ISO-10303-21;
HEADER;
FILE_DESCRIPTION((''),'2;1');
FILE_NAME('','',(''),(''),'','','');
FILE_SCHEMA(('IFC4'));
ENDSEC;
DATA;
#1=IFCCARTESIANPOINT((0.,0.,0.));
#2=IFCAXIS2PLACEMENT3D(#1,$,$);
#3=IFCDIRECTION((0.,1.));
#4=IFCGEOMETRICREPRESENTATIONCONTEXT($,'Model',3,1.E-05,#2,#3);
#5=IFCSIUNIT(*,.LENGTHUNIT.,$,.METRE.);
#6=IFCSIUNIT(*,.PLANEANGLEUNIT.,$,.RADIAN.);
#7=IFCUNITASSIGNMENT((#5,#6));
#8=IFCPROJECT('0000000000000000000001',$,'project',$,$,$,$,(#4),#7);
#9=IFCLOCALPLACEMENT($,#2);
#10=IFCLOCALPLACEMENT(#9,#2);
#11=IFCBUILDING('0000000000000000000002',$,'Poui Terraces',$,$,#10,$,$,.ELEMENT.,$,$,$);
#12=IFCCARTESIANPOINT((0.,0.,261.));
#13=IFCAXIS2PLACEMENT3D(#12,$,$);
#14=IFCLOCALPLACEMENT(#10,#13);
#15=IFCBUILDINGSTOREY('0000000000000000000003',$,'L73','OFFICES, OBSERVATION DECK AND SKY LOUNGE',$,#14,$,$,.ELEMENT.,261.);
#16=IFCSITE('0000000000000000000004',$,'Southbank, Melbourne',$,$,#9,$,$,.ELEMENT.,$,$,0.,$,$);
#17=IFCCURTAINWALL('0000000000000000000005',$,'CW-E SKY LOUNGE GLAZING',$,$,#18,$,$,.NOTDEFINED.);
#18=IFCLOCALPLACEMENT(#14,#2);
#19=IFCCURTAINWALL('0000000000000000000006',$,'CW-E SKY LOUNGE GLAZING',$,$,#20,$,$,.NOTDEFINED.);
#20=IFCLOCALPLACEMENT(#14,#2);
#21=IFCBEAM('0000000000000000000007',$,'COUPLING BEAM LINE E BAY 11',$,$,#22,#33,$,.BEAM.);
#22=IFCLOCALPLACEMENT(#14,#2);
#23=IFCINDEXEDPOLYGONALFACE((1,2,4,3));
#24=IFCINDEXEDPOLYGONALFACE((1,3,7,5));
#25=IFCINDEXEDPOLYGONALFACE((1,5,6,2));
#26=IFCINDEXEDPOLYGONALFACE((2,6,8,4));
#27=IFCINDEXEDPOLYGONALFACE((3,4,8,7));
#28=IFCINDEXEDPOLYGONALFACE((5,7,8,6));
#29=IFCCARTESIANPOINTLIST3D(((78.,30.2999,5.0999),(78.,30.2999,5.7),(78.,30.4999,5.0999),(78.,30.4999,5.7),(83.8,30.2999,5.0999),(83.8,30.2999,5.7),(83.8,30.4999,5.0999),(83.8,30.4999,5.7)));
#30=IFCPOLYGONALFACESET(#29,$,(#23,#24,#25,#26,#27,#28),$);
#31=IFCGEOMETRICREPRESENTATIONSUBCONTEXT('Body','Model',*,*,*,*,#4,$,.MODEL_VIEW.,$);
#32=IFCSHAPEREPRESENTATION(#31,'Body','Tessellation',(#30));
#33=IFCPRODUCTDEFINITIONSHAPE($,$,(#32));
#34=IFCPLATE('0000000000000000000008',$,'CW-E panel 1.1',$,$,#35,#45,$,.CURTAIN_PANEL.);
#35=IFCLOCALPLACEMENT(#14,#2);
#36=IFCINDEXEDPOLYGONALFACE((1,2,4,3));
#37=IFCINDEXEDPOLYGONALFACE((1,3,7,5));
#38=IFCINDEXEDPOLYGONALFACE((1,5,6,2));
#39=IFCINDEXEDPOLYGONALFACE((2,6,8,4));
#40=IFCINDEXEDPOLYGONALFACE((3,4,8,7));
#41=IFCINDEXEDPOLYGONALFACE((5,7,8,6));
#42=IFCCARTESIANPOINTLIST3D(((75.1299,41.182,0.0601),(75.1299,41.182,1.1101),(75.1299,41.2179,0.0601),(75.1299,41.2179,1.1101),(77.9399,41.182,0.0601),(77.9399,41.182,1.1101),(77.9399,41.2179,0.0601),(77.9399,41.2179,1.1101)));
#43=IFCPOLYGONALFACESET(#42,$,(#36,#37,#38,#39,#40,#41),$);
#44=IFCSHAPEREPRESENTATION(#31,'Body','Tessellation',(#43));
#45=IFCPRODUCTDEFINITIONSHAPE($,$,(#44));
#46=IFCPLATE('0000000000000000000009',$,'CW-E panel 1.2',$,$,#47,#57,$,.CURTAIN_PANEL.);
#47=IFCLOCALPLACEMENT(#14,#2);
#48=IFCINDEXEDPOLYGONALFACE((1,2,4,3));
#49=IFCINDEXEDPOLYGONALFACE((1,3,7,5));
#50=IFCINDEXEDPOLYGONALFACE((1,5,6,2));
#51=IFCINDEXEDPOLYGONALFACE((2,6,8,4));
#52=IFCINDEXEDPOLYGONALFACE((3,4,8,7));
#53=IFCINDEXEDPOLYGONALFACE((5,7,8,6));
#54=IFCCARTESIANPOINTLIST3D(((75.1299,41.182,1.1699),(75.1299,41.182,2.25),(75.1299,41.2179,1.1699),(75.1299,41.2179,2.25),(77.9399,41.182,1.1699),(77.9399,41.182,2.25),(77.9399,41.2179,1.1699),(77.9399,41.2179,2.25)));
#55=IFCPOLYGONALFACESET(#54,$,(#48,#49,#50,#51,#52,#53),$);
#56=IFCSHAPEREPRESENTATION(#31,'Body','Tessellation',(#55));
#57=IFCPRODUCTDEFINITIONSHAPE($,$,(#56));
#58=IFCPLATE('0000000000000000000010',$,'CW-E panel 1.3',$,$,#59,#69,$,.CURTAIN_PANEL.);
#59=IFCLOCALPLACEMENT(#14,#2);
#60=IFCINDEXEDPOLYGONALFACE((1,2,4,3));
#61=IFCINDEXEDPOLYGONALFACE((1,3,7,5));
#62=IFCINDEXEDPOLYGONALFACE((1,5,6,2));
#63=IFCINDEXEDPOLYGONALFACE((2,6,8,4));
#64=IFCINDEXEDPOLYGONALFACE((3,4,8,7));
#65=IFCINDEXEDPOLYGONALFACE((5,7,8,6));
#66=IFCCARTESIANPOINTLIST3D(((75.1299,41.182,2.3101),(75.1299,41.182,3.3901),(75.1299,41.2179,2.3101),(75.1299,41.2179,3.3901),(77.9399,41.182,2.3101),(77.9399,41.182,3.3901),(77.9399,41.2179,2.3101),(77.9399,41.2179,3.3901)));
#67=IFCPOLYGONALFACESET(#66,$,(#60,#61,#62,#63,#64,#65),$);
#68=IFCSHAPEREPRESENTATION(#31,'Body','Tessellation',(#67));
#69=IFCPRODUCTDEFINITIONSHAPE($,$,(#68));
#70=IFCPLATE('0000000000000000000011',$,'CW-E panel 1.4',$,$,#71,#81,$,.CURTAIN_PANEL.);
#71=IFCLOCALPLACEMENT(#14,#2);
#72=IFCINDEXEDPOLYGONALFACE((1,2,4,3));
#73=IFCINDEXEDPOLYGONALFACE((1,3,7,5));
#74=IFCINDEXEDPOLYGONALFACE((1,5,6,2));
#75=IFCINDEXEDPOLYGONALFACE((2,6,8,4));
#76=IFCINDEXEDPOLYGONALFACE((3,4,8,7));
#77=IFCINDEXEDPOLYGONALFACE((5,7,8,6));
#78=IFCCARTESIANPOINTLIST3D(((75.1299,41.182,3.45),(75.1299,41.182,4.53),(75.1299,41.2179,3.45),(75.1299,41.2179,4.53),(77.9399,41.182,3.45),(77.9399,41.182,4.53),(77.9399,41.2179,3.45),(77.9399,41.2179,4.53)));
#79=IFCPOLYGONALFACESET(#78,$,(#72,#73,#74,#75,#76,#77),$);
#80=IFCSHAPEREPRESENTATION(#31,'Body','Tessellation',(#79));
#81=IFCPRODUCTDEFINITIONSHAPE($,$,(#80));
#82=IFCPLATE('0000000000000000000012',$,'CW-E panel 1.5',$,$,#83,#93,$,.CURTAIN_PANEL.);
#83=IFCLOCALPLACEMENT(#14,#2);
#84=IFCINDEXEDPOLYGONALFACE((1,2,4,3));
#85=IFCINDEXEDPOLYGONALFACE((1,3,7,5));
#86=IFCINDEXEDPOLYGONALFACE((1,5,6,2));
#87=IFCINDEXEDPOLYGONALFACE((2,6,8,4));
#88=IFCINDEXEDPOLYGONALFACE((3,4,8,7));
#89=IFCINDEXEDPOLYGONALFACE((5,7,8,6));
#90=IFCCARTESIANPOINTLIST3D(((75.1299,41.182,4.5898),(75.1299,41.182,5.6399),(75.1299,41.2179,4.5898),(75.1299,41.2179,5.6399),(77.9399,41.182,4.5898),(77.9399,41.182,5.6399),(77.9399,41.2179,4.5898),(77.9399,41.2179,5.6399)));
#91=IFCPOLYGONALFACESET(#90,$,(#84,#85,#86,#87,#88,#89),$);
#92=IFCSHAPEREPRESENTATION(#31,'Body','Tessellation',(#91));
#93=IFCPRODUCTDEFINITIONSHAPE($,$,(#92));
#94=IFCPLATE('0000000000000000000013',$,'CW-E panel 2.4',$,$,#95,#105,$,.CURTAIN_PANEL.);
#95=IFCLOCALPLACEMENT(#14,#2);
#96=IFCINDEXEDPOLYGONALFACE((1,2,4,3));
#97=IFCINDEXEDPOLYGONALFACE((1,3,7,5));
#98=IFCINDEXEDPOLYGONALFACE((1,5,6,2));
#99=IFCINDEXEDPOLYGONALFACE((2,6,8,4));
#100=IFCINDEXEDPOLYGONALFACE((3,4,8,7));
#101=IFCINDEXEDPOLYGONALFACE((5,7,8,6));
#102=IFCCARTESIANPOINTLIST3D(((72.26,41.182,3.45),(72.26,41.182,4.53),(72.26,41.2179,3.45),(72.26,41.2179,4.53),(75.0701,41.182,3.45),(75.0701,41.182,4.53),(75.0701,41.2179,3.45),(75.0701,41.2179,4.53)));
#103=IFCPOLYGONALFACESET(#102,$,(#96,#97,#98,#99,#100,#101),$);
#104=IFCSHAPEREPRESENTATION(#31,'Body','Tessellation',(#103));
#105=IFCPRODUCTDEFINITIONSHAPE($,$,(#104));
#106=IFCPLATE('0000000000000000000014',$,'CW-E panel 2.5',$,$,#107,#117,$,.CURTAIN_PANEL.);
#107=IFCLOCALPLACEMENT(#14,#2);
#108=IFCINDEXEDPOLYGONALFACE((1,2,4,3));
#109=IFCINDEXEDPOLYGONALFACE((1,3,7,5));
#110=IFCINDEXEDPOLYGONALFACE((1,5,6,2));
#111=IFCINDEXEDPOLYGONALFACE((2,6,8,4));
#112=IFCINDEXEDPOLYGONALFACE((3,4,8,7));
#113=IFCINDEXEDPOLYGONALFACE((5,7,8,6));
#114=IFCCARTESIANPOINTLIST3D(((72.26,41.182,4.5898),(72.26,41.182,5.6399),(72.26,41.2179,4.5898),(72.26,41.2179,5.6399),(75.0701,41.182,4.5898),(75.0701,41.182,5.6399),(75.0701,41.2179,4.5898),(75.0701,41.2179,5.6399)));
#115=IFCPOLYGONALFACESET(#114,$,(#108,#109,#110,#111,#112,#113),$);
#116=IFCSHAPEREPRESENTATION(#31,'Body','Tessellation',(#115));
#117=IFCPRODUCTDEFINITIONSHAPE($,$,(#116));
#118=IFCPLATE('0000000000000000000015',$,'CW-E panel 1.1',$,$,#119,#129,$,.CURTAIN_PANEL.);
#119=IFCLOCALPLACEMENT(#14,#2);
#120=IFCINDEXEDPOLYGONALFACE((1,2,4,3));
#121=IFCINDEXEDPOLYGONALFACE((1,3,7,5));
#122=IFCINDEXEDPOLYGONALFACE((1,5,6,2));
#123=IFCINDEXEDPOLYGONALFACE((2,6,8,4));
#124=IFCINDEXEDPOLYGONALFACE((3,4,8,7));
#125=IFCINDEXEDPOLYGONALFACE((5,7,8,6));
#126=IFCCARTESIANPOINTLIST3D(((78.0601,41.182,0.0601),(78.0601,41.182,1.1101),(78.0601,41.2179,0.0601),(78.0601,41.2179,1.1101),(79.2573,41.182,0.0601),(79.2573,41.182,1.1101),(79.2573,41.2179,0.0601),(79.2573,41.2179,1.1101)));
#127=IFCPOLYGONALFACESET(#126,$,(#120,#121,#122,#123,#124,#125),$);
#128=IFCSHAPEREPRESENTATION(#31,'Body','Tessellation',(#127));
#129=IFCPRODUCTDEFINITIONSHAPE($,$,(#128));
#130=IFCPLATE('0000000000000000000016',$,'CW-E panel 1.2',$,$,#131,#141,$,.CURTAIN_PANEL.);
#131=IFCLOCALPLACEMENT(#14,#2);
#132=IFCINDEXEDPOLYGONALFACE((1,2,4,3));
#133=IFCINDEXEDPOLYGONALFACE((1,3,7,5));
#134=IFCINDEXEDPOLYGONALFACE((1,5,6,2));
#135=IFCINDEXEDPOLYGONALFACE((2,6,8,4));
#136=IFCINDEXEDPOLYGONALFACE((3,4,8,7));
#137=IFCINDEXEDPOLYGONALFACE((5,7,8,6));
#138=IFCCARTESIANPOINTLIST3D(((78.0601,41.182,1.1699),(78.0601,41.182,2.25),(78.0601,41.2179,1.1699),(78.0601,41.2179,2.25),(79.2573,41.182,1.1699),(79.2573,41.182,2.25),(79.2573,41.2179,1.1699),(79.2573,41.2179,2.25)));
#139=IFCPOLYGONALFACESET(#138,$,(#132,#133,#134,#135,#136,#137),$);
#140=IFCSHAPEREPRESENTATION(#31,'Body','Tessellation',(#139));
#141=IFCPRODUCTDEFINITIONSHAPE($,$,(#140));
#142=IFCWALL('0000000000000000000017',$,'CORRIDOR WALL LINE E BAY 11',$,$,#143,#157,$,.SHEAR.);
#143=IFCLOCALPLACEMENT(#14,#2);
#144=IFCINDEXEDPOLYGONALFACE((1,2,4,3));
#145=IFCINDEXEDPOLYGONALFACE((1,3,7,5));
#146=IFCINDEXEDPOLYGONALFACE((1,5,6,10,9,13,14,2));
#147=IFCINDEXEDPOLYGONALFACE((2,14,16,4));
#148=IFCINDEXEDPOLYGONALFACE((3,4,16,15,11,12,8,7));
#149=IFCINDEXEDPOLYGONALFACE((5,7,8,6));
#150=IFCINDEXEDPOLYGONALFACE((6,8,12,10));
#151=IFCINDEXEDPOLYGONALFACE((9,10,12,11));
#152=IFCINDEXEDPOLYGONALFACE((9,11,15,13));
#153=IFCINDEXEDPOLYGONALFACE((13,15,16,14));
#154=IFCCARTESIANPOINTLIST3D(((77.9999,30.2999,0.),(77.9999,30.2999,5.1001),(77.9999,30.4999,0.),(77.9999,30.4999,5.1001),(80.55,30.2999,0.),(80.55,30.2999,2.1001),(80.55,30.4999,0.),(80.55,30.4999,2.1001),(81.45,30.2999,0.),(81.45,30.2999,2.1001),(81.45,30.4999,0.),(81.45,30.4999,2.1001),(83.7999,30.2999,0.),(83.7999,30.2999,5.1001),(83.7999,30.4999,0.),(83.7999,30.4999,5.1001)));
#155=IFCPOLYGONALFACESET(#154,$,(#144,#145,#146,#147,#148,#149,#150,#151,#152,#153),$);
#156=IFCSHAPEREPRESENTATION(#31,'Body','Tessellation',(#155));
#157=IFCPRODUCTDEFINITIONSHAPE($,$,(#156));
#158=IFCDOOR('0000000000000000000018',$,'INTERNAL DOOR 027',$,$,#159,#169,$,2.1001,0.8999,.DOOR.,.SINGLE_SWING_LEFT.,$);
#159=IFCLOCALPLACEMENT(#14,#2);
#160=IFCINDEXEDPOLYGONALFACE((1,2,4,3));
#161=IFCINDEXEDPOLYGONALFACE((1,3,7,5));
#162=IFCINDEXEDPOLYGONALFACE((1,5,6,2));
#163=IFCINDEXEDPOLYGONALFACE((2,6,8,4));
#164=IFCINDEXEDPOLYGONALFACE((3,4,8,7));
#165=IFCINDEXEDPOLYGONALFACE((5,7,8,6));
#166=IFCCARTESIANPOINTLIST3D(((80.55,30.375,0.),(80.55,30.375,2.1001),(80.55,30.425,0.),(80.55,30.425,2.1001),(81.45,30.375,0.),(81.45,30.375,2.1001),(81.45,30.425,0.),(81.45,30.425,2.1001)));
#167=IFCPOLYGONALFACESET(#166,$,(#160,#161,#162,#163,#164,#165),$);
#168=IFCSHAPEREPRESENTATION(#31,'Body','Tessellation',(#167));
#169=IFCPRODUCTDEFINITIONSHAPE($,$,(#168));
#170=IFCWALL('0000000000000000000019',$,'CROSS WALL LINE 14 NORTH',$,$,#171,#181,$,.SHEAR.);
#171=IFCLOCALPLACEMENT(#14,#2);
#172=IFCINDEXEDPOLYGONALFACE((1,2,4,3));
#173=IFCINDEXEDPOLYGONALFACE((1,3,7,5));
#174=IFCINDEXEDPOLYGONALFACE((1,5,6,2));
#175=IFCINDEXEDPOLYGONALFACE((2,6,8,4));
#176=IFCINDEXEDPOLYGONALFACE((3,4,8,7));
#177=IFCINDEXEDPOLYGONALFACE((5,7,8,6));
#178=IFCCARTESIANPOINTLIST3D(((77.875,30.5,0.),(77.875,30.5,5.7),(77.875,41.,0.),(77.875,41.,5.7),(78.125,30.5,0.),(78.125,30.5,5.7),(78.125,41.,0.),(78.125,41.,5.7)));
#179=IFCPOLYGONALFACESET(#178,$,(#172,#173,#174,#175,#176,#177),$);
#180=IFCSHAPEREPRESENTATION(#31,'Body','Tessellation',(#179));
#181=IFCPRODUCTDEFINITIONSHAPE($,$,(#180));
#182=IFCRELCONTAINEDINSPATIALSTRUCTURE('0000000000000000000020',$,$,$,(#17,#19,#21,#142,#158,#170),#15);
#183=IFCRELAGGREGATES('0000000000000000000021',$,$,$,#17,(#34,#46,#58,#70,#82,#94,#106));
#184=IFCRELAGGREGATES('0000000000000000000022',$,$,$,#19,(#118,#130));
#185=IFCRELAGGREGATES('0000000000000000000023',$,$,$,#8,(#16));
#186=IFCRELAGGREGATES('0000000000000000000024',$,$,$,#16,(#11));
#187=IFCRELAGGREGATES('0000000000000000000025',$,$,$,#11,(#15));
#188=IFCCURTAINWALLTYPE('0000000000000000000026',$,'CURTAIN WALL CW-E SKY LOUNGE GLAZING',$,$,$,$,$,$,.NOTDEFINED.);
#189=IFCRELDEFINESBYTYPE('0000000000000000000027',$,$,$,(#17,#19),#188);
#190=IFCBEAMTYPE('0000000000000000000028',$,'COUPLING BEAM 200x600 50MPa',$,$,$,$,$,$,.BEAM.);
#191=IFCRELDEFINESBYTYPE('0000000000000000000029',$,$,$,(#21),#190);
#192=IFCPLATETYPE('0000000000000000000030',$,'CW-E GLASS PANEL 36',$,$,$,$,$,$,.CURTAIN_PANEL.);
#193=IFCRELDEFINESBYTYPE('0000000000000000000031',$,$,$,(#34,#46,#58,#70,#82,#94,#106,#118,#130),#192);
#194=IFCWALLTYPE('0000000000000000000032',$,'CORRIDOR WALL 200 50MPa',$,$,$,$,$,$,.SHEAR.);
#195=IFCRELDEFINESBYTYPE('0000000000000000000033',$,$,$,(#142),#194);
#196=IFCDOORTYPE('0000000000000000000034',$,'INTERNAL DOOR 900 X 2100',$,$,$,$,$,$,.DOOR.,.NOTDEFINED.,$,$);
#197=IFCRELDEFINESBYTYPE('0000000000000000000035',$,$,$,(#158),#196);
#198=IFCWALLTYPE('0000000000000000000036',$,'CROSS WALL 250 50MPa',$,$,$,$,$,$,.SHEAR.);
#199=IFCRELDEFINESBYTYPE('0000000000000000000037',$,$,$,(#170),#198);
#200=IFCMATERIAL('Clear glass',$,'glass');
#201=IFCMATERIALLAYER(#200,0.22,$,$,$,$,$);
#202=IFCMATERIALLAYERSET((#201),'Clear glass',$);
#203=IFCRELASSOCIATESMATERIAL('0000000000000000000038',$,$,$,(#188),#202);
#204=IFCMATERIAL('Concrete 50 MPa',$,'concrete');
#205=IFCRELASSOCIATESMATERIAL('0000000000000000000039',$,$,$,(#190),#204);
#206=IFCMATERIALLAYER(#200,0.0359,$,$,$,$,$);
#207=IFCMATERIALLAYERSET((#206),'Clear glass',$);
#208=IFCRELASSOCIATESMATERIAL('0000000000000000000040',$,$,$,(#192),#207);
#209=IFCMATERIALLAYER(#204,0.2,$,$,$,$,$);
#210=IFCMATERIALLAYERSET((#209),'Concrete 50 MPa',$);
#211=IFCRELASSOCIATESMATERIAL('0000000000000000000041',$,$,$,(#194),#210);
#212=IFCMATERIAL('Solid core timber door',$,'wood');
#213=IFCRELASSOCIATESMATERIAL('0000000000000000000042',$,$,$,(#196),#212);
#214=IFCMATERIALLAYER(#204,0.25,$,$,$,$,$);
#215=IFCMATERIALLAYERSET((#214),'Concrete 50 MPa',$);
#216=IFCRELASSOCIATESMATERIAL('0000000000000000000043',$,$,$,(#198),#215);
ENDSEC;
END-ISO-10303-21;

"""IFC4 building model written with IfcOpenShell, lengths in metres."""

from ifc_helpers import new_model, si_unit, direction, frame, frame_2d, origin, origin_2d, place, context, subcontext, project, spatial, rectangle, extrude, source, transform, mapped, material, layer, layer_set, material_profile, profile_set, type_object, element, fill, aggregate, save


model = new_model("IFC4")

# Units and contexts
model_context = context("Model", 3, precision=1e-05, world=origin(), true_north=direction((0.0, 1.0)))
body_context = subcontext(model_context, "Body", "Model", "MODEL_VIEW")
ifc_project = project(units=[si_unit("LENGTHUNIT", "METRE"), si_unit("PLANEANGLEUNIT", "RADIAN")], contexts=[model_context])

# Site, building, storey
site_placement = place(None, origin())
site = spatial("IfcSite", under=ifc_project, at=site_placement, Name="Southbank, Melbourne", CompositionType="ELEMENT", RefElevation=0.0)
building_placement = place(site_placement, origin())
building = spatial("IfcBuilding", under=site, at=building_placement, Name="Poui Terraces", CompositionType="ELEMENT")
storey_placement = place(building_placement, frame((0.0, 0.0, 261.0)))
storey = spatial("IfcBuildingStorey", under=building, at=storey_placement, Name="L73", Description="OFFICES, OBSERVATION DECK AND SKY LOUNGE", CompositionType="ELEMENT", Elevation=261.0)

# Curtain wall
ifc_material_1 = material(Name="Clear glass", Category="glass")
ifc_layer_1 = layer(ifc_material_1, 0.22)
ifc_layer_set_1 = layer_set([ifc_layer_1], Name="Clear glass")
curtain_wall_type = type_object("IfcCurtainWallType", Name="CURTAIN WALL CW-E SKY LOUNGE GLAZING", PredefinedType="NOTDEFINED", material=ifc_layer_set_1)
curtain_wall_1_placement = place(storey_placement, origin())
curtain_wall_1 = element("IfcCurtainWall", 1, at=curtain_wall_1_placement, inside=storey, type_object=curtain_wall_type, Name="CW-E SKY LOUNGE GLAZING", PredefinedType="NOTDEFINED")

# Curtain wall
curtain_wall_2_placement = place(storey_placement, origin())
curtain_wall_2 = element("IfcCurtainWall", 2, at=curtain_wall_2_placement, inside=storey, type_object=curtain_wall_type, Name="CW-E SKY LOUNGE GLAZING", PredefinedType="NOTDEFINED")

# Beam
ifc_material_2 = material(Name="Concrete 50 MPa", Category="concrete")
ifc_material_profile_1 = material_profile(ifc_material_2, rectangle(XDim=0.2, YDim=0.6001, at=origin_2d()), Name="RC 200x600")
ifc_profile_set_1 = profile_set([ifc_material_profile_1], Name="Concrete 50 MPa")
beam_type = type_object("IfcBeamType", Name="COUPLING BEAM 200x600 50MPa", PredefinedType="BEAM", material=ifc_profile_set_1)
shared_shape = source(origin(), body_context, "Body", "SweptSolid", [
    extrude(rectangle(XDim=0.2, YDim=0.6001, at=origin_2d()), origin(), (0.0, 0.0, 1.0), 5.8),
])
beam_placement = place(storey_placement, frame((78.0, 30.3999, 5.3999), z_axis=(1.0, 0.0, 0.0), x_axis=(0.0, 1.0, 0.0)))
element("IfcBeam", 3, at=beam_placement, inside=storey, type_object=beam_type, Name="COUPLING BEAM LINE E BAY 11", PredefinedType="BEAM", context=body_context, shape_type="MappedRepresentation", body=[
    mapped(shared_shape, transform((0.0, 0.0, 0.0))),
])

# Plates
ifc_layer_2 = layer(ifc_material_1, 0.0359)
ifc_layer_set_2 = layer_set([ifc_layer_2], Name="Clear glass")
plate_type = type_object("IfcPlateType", Name="CW-E GLASS PANEL 36", PredefinedType="CURTAIN_PANEL", material=ifc_layer_set_2)
plate_1_placement = place(storey_placement, frame((76.5349, 41.2, 0.0601), z_axis=(0.0, 0.0, 1.0), x_axis=(-1.0, 0.0, 0.0)))
plate_1 = element("IfcPlate", 4, at=plate_1_placement, type_object=plate_type, Name="CW-E panel 1.1", PredefinedType="CURTAIN_PANEL", context=body_context, shape_type="SweptSolid", body=[
    extrude(rectangle(XDim=2.8101, YDim=0.0359, at=origin_2d()), origin(), (0.0, 0.0, 1.0), 1.05),
])
plate_2_placement = place(storey_placement, frame((76.5349, 41.2, 1.1699), z_axis=(0.0, 0.0, 1.0), x_axis=(-1.0, 0.0, 0.0)))
plate_2 = element("IfcPlate", 5, at=plate_2_placement, type_object=plate_type, Name="CW-E panel 1.2", PredefinedType="CURTAIN_PANEL", context=body_context, shape_type="SweptSolid", body=[
    extrude(rectangle(XDim=2.8101, YDim=0.0359, at=origin_2d()), origin(), (0.0, 0.0, 1.0), 1.0801),
])
plate_3_placement = place(storey_placement, frame((76.5349, 41.2, 2.3101), z_axis=(0.0, 0.0, 1.0), x_axis=(-1.0, 0.0, 0.0)))
plate_3 = element("IfcPlate", 6, at=plate_3_placement, type_object=plate_type, Name="CW-E panel 1.3", PredefinedType="CURTAIN_PANEL", context=body_context, shape_type="SweptSolid", body=[
    extrude(rectangle(XDim=2.8101, YDim=0.0359, at=origin_2d()), origin(), (0.0, 0.0, 1.0), 1.0801),
])
plate_4_placement = place(storey_placement, frame((76.5349, 41.2, 3.45), z_axis=(0.0, 0.0, 1.0), x_axis=(-1.0, 0.0, 0.0)))
plate_4 = element("IfcPlate", 7, at=plate_4_placement, type_object=plate_type, Name="CW-E panel 1.4", PredefinedType="CURTAIN_PANEL", context=body_context, shape_type="SweptSolid", body=[
    extrude(rectangle(XDim=2.8101, YDim=0.0359, at=origin_2d()), origin(), (0.0, 0.0, 1.0), 1.0801),
])
plate_5_placement = place(storey_placement, frame((76.5349, 41.2, 4.5898), z_axis=(0.0, 0.0, 1.0), x_axis=(-1.0, 0.0, 0.0)))
plate_5 = element("IfcPlate", 8, at=plate_5_placement, type_object=plate_type, Name="CW-E panel 1.5", PredefinedType="CURTAIN_PANEL", context=body_context, shape_type="SweptSolid", body=[
    extrude(rectangle(XDim=2.8101, YDim=0.0359, at=origin_2d()), origin(), (0.0, 0.0, 1.0), 1.05),
])
plate_6_placement = place(storey_placement, frame((73.665, 41.2, 3.45), z_axis=(0.0, 0.0, 1.0), x_axis=(-1.0, 0.0, 0.0)))
plate_6 = element("IfcPlate", 9, at=plate_6_placement, type_object=plate_type, Name="CW-E panel 2.4", PredefinedType="CURTAIN_PANEL", context=body_context, shape_type="SweptSolid", body=[
    extrude(rectangle(XDim=2.8101, YDim=0.0359, at=origin_2d()), origin(), (0.0, 0.0, 1.0), 1.0801),
])
plate_7_placement = place(storey_placement, frame((73.665, 41.2, 4.5898), z_axis=(0.0, 0.0, 1.0), x_axis=(-1.0, 0.0, 0.0)))
plate_7 = element("IfcPlate", 10, at=plate_7_placement, type_object=plate_type, Name="CW-E panel 2.5", PredefinedType="CURTAIN_PANEL", context=body_context, shape_type="SweptSolid", body=[
    extrude(rectangle(XDim=2.8101, YDim=0.0359, at=origin_2d()), origin(), (0.0, 0.0, 1.0), 1.05),
])
aggregate(curtain_wall_1, [plate_1, plate_2, plate_3, plate_4, plate_5, plate_6, plate_7])
plate_8_placement = place(storey_placement, frame((78.6587, 41.2, 0.0601), z_axis=(0.0, 0.0, 1.0), x_axis=(-1.0, 0.0, 0.0)))
plate_8 = element("IfcPlate", 11, at=plate_8_placement, type_object=plate_type, Name="CW-E panel 1.1", PredefinedType="CURTAIN_PANEL", context=body_context, shape_type="SweptSolid", body=[
    extrude(rectangle(XDim=1.1973, YDim=0.0359, at=origin_2d()), origin(), (0.0, 0.0, 1.0), 1.05),
])
plate_9_placement = place(storey_placement, frame((78.6587, 41.2, 1.1699), z_axis=(0.0, 0.0, 1.0), x_axis=(-1.0, 0.0, 0.0)))
plate_9 = element("IfcPlate", 12, at=plate_9_placement, type_object=plate_type, Name="CW-E panel 1.2", PredefinedType="CURTAIN_PANEL", context=body_context, shape_type="SweptSolid", body=[
    extrude(rectangle(XDim=1.1973, YDim=0.0359, at=origin_2d()), origin(), (0.0, 0.0, 1.0), 1.0801),
])
aggregate(curtain_wall_2, [plate_8, plate_9])

# Wall, opening, door
ifc_layer_3 = layer(ifc_material_2, 0.2)
ifc_layer_set_3 = layer_set([ifc_layer_3], Name="Concrete 50 MPa")
wall_type_1 = type_object("IfcWallType", Name="CORRIDOR WALL 200 50MPa", PredefinedType="SHEAR", material=ifc_layer_set_3)
wall_1_placement = place(storey_placement, frame((78.0, 30.3999, 0.0), z_axis=(0.0, 0.0, 1.0), x_axis=(1.0, 0.0, 0.0)))
wall_1 = element("IfcWall", 13, at=wall_1_placement, inside=storey, type_object=wall_type_1, Name="CORRIDOR WALL LINE E BAY 11", PredefinedType="SHEAR", context=body_context, shape_type="SweptSolid", body=[
    extrude(rectangle(XDim=5.8, YDim=0.2, at=frame_2d((2.8999, 0.0))), origin(), (0.0, 0.0, 1.0), 5.1001),
])
opening_placement = place(wall_1_placement, frame((2.55, 0.0, 0.0)))
opening = element("IfcOpeningElement", 14, at=opening_placement, cuts=wall_1, PredefinedType="OPENING", context=body_context, shape_type="SweptSolid", body=[
    extrude(rectangle(XDim=0.8999, YDim=2.1001, at=frame_2d((0.45, 1.05))), frame((0.0, 0.1099, 0.0), z_axis=(0.0, -1.0, 0.0), x_axis=(1.0, 0.0, 0.0)), (0.0, 0.0, 1.0), 0.22),
])
ifc_material_3 = material(Name="Solid core timber door", Category="wood")
door_type = type_object("IfcDoorType", Name="INTERNAL DOOR 900 X 2100", OperationType="NOTDEFINED", PredefinedType="DOOR", material=ifc_material_3)
door_placement = place(opening_placement, frame((0.8999, 0.0, 0.0), z_axis=(0.0, 0.0, 1.0), x_axis=(-1.0, 0.0, 0.0)))
door = element("IfcDoor", 15, at=door_placement, inside=storey, type_object=door_type, Name="INTERNAL DOOR 027", OperationType="SINGLE_SWING_LEFT", OverallHeight=2.1001, OverallWidth=0.8999, PredefinedType="DOOR", context=body_context, shape_type="SweptSolid", body=[
    extrude(rectangle(XDim=0.8999, YDim=2.1001, at=frame_2d((0.45, 1.05))), frame((0.0, 0.0249, 0.0), z_axis=(0.0, -1.0, 0.0), x_axis=(1.0, 0.0, 0.0)), (0.0, 0.0, 1.0), 0.05),
])
fill(opening, door)

# Wall
ifc_layer_4 = layer(ifc_material_2, 0.25)
ifc_layer_set_4 = layer_set([ifc_layer_4], Name="Concrete 50 MPa")
wall_type_2 = type_object("IfcWallType", Name="CROSS WALL 250 50MPa", PredefinedType="SHEAR", material=ifc_layer_set_4)
wall_2_placement = place(storey_placement, frame((78.0, 30.5, 0.0), z_axis=(0.0, 0.0, 1.0), x_axis=(0.0, 1.0, 0.0)))
element("IfcWall", 16, at=wall_2_placement, inside=storey, type_object=wall_type_2, Name="CROSS WALL LINE 14 NORTH", PredefinedType="SHEAR", context=body_context, shape_type="SweptSolid", body=[
    extrude(rectangle(XDim=10.5, YDim=0.25, at=frame_2d((5.25, 0.0))), origin(), (0.0, 0.0, 1.0), 5.7),
])

save(model, "model.ifc")
